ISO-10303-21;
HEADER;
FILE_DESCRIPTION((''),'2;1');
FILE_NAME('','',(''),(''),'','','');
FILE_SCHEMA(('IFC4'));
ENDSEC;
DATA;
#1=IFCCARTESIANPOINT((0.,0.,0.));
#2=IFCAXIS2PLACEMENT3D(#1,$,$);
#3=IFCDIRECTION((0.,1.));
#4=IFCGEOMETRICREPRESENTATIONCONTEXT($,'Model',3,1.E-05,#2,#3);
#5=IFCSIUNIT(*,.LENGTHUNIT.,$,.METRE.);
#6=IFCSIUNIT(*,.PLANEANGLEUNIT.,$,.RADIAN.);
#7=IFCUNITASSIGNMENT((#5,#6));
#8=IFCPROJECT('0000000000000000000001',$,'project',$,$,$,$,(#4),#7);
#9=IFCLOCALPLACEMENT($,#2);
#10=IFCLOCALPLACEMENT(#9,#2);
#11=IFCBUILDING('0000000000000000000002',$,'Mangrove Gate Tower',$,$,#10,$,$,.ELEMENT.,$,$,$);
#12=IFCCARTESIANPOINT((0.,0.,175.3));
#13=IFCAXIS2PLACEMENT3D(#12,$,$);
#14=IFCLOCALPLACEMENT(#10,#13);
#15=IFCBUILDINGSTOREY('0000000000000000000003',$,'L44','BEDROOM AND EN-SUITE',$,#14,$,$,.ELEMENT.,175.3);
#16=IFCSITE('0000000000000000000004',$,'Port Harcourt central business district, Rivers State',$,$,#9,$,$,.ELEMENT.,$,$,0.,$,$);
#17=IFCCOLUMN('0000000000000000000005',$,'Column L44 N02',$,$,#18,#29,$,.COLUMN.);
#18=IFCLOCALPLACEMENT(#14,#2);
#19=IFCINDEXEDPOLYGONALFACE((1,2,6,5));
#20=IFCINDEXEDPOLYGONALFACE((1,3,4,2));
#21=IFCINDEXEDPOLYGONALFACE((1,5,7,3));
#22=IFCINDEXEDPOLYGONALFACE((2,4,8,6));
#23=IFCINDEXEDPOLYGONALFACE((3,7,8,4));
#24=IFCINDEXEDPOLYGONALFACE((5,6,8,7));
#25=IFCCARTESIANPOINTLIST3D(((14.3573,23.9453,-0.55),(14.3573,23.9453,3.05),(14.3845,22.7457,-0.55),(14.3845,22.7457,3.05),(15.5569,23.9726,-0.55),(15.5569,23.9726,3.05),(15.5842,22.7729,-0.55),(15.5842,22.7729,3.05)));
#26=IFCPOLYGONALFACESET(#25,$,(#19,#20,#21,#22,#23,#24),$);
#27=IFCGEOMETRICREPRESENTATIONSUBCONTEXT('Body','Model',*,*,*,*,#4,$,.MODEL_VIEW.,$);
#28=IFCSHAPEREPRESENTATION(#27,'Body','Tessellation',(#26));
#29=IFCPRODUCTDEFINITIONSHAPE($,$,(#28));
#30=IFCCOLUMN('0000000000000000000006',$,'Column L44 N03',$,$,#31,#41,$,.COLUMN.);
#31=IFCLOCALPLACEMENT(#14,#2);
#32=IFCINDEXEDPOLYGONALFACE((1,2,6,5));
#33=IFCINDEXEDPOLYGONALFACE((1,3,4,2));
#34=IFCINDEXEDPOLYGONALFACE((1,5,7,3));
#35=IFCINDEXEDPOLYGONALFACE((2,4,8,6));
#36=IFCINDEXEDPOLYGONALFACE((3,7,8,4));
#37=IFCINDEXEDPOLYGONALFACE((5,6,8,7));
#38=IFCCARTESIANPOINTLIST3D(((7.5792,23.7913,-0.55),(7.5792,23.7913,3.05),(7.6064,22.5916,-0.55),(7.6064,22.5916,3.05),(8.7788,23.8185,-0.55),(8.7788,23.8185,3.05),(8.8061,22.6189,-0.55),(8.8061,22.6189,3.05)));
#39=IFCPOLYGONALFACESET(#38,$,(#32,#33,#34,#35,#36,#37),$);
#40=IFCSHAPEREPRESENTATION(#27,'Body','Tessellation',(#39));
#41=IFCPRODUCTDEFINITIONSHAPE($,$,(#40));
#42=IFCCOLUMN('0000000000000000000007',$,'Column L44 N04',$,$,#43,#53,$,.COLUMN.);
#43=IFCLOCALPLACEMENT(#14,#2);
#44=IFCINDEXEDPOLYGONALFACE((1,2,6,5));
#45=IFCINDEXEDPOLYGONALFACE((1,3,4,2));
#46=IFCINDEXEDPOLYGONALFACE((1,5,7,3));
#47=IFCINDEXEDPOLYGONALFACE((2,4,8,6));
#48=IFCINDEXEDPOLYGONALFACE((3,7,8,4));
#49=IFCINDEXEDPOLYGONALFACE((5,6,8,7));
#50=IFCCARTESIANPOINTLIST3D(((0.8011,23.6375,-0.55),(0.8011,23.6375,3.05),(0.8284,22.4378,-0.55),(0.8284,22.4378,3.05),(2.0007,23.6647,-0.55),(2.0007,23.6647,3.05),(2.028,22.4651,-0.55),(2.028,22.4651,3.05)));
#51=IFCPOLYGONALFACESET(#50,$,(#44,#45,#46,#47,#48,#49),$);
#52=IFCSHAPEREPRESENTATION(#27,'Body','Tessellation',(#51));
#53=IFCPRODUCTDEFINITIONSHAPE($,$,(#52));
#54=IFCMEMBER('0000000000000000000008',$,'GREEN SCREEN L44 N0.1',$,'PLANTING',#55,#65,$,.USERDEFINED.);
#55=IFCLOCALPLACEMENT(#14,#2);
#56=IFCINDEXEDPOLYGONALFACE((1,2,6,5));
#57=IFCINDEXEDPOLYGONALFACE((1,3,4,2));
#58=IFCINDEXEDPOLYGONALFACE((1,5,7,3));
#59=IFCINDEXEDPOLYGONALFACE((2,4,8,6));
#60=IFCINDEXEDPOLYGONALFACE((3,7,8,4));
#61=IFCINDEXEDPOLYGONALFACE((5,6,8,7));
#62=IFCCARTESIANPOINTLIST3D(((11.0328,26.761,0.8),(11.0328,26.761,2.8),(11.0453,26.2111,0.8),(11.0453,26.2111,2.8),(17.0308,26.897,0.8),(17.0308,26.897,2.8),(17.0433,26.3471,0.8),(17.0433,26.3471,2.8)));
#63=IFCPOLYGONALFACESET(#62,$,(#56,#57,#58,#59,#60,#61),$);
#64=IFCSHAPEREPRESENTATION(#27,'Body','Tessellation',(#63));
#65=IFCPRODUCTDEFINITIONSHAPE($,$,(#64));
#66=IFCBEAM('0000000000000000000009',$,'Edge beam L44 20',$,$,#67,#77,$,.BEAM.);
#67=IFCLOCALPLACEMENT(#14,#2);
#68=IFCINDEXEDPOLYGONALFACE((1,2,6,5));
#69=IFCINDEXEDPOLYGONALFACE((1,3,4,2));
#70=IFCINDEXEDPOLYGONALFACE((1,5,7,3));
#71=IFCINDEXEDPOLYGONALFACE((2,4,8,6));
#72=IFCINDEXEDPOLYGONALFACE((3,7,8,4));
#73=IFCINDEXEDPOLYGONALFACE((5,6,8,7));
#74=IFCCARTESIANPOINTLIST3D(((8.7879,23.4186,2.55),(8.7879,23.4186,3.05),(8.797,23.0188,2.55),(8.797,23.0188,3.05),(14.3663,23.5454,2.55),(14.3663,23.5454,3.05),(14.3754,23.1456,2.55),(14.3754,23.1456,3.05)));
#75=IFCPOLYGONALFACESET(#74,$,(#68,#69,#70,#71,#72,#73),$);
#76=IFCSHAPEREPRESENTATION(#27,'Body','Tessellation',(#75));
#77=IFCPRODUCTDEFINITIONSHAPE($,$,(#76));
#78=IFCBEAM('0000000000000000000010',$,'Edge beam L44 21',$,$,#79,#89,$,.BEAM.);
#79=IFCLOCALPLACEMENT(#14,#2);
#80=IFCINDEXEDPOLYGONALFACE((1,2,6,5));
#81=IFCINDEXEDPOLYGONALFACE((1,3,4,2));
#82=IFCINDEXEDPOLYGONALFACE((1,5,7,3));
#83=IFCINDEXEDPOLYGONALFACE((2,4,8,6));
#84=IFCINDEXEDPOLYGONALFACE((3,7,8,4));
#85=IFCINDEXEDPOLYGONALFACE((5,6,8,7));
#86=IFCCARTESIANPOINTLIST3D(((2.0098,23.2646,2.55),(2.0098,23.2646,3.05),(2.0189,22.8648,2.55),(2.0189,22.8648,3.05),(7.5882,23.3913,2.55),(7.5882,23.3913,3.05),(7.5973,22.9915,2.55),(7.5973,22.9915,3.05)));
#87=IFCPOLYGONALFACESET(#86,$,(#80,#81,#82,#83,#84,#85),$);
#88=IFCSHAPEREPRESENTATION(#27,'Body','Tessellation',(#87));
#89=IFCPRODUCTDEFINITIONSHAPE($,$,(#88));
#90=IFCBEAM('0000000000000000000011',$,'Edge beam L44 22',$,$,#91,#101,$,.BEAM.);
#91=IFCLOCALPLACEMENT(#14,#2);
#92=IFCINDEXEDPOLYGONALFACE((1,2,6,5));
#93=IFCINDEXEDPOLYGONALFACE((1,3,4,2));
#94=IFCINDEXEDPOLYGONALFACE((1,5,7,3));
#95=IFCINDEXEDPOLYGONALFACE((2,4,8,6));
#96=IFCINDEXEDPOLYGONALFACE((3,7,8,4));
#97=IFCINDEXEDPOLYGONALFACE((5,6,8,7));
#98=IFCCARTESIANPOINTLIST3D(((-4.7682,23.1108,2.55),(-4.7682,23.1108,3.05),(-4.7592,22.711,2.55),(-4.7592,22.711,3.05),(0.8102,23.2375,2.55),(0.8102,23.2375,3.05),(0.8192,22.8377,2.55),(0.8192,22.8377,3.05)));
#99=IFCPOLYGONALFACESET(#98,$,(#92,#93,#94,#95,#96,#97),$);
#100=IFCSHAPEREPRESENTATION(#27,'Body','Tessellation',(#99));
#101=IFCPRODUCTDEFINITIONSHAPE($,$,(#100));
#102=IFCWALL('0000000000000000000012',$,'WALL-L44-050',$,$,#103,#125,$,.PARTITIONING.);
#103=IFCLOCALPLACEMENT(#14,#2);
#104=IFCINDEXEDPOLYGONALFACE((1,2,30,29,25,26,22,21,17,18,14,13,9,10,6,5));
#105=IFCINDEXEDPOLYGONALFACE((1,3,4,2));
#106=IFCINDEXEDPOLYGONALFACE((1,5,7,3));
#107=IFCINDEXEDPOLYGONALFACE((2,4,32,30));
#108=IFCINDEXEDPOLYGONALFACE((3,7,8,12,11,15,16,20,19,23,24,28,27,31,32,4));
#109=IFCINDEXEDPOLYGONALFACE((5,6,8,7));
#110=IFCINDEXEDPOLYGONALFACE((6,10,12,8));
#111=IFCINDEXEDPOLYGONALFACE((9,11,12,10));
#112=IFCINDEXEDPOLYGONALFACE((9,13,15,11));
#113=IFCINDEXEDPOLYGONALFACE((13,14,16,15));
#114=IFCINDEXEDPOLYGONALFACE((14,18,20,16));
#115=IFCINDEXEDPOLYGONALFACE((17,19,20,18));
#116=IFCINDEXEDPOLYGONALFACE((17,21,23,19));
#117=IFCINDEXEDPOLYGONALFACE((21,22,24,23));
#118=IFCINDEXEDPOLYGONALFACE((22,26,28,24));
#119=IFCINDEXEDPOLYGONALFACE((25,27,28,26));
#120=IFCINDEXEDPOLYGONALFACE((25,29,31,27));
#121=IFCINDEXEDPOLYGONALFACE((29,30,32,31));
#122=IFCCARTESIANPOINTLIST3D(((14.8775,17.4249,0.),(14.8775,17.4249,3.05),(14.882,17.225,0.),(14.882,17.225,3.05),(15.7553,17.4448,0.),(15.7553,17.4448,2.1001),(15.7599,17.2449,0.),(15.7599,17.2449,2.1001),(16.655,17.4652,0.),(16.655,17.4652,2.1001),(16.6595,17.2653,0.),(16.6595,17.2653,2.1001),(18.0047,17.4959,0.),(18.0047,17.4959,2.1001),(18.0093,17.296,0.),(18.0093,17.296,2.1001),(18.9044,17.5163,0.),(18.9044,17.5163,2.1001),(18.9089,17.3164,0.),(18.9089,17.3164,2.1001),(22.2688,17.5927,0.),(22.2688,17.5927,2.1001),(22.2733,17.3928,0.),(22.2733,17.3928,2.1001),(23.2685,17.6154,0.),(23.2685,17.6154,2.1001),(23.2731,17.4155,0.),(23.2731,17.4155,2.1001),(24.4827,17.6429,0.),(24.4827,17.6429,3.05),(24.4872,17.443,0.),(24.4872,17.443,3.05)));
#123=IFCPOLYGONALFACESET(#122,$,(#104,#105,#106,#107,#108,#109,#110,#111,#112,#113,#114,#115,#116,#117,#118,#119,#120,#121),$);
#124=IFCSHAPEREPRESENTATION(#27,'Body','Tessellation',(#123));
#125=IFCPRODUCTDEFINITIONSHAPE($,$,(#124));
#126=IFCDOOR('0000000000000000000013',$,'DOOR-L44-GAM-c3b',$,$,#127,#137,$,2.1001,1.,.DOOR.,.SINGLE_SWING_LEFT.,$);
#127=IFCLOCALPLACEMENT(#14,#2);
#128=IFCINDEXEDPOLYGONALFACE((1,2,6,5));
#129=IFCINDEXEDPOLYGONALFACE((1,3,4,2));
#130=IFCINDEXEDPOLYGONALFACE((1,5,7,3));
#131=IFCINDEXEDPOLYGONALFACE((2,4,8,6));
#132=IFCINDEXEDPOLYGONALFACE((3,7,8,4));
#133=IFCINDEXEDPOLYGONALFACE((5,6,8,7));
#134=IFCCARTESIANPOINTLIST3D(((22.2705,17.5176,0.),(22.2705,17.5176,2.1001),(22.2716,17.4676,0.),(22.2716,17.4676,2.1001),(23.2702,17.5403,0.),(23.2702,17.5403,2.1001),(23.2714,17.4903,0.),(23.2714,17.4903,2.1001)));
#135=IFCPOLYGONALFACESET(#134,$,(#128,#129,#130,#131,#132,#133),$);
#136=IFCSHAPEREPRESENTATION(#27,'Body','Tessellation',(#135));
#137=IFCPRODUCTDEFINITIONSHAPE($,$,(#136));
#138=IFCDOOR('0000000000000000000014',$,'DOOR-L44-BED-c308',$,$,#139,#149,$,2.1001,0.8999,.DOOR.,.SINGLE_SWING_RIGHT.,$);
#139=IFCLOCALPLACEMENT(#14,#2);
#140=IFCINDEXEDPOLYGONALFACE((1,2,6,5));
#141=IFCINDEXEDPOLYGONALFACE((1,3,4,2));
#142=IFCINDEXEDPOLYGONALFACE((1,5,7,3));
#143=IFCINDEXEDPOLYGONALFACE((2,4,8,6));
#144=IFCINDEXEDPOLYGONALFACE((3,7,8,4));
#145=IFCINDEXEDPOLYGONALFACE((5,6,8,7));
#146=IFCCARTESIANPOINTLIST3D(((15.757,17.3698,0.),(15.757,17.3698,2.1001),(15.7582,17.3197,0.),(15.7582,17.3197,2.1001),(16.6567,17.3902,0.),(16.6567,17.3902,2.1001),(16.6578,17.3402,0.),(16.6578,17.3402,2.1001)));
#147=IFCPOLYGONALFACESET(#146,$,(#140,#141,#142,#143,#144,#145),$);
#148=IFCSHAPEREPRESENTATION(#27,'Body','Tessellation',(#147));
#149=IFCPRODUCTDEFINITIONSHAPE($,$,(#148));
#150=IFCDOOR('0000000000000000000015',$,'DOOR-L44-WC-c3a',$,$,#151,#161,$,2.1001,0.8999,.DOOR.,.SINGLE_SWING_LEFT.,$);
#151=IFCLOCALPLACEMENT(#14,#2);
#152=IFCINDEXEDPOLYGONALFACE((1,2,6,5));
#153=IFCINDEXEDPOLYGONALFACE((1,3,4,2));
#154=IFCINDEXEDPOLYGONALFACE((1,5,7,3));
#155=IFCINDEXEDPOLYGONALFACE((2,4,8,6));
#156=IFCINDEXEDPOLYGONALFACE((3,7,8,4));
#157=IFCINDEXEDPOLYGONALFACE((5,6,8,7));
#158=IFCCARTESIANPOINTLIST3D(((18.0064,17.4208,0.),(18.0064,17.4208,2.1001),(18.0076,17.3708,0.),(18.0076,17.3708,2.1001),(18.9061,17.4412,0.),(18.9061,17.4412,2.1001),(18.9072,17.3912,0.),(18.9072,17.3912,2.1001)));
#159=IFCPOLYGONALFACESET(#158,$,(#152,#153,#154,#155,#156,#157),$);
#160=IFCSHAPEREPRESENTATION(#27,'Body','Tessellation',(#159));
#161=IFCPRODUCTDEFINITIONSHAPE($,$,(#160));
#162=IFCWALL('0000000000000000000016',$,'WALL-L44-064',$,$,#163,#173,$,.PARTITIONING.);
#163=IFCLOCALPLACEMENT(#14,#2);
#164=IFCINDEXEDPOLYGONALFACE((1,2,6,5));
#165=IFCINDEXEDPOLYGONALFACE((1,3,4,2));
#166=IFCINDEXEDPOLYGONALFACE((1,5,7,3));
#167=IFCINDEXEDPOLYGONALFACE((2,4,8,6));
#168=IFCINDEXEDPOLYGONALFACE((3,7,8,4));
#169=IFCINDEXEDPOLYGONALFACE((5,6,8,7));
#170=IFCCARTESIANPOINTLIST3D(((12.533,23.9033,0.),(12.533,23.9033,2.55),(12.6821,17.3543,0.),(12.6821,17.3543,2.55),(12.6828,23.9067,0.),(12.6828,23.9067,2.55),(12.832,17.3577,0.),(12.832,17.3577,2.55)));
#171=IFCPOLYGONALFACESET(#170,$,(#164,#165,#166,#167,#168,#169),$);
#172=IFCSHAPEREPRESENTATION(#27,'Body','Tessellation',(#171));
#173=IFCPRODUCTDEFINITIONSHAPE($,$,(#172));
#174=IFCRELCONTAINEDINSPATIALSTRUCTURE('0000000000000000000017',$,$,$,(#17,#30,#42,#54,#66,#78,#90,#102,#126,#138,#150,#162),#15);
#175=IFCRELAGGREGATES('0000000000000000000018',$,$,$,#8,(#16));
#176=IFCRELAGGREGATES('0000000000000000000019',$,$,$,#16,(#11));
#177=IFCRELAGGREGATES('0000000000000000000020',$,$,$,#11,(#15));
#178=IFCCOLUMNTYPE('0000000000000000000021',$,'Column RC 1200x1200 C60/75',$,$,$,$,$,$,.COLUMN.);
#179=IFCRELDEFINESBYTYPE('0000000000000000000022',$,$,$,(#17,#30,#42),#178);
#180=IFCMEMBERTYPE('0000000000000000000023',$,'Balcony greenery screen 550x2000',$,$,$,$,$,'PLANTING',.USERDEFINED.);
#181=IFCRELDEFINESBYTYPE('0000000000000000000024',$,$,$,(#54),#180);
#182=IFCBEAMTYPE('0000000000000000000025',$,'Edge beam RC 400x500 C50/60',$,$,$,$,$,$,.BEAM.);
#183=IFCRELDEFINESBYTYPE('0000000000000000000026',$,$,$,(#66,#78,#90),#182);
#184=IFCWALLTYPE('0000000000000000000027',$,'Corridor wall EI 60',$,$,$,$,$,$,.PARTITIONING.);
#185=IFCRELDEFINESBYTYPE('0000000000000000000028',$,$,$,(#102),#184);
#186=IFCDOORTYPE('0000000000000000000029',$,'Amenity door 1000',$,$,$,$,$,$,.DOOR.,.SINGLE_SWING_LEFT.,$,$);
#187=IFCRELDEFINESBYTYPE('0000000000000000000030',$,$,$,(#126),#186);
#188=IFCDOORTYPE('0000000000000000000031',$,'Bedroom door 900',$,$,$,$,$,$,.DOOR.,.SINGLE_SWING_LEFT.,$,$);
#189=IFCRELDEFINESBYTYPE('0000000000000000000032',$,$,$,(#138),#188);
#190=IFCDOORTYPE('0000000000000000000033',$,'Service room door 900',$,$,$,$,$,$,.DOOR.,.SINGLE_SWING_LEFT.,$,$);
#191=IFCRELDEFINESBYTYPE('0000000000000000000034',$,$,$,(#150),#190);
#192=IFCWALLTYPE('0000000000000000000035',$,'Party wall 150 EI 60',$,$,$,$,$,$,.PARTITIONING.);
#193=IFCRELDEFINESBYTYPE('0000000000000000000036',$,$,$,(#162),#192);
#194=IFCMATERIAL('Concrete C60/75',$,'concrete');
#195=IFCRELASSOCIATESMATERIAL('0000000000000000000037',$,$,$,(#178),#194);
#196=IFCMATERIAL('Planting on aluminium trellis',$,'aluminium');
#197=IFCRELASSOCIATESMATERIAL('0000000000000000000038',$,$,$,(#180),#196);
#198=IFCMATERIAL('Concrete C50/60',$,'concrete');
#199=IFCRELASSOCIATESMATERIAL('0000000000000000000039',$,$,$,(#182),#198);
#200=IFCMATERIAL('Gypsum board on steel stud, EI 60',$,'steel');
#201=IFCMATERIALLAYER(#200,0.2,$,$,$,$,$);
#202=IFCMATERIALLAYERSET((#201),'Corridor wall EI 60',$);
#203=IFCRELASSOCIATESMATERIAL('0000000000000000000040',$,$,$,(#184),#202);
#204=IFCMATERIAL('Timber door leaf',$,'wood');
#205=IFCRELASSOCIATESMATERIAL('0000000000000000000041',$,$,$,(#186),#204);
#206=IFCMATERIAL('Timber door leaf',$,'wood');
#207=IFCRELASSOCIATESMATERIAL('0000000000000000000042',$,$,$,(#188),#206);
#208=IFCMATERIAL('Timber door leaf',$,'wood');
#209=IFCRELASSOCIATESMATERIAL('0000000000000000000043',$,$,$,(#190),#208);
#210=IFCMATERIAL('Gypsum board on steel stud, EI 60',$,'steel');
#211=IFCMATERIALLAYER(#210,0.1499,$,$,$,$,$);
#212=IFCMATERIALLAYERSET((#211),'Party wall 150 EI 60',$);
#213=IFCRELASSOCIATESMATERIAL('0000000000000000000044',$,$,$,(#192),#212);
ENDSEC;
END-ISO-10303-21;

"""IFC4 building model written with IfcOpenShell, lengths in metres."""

from ifc_helpers import new_model, si_unit, direction, frame, frame_2d, origin, origin_2d, place, context, subcontext, project, spatial, rectangle, extrude, material, layer, layer_set, material_profile, profile_set, type_object, element, fill, save


model = new_model("IFC4")

# Units and contexts
model_context = context("Model", 3, precision=1e-05, world=origin(), true_north=direction((0.0, 1.0)))
body_context = subcontext(model_context, "Body", "Model", "MODEL_VIEW")
ifc_project = project(units=[si_unit("LENGTHUNIT", "METRE"), si_unit("PLANEANGLEUNIT", "RADIAN")], contexts=[model_context])

# Site, building, storey
site_placement = place(None, origin())
site = spatial("IfcSite", under=ifc_project, at=site_placement, Name="Port Harcourt central business district, Rivers State", CompositionType="ELEMENT", RefElevation=0.0)
building_placement = place(site_placement, origin())
building = spatial("IfcBuilding", under=site, at=building_placement, Name="Mangrove Gate Tower", CompositionType="ELEMENT")
storey_placement = place(building_placement, frame((0.0, 0.0, 175.3)))
storey = spatial("IfcBuildingStorey", under=building, at=storey_placement, Name="L44", Description="BEDROOM AND EN-SUITE", CompositionType="ELEMENT", Elevation=175.3)

# Columns
ifc_material_1 = material(Name="Concrete C60/75", Category="concrete")
ifc_material_profile_1 = material_profile(ifc_material_1, rectangle(XDim=1.2, YDim=1.2, at=origin_2d()))
ifc_profile_set_1 = profile_set([ifc_material_profile_1], Name="Concrete C60/75")
column_type = type_object("IfcColumnType", Name="Column RC 1200x1200 C60/75", PredefinedType="COLUMN", material=ifc_profile_set_1)
for number, where, z_axis, x_axis, name in (
    (1, (14.9707, 23.3591, -0.55), (0.0, 0.0, 1.0), (-0.999742, -0.022713, 0.0), "Column L44 N02"),
    (2, (8.1926, 23.2051, -0.55), (0.0, 0.0, 1.0), (-0.999742, -0.022715, 0.0), "Column L44 N03"),
    (3, (1.4146, 23.0513, -0.55), (0.0, 0.0, 1.0), (-0.999742, -0.022715, 0.0), "Column L44 N04"),
):
    element("IfcColumn", number, at=place(storey_placement, frame(where, z_axis=z_axis, x_axis=x_axis)), inside=storey, type_object=column_type, Name=name, PredefinedType="COLUMN", context=body_context, shape_type="SweptSolid", body=[
        extrude(rectangle(XDim=1.2, YDim=1.2, at=origin_2d()), origin(), (0.0, 0.0, 1.0), 3.6001),
    ])

# Member
ifc_material_2 = material(Name="Planting on aluminium trellis", Category="aluminium")
ifc_material_profile_2 = material_profile(ifc_material_2, rectangle(XDim=0.55, YDim=2.0, at=origin_2d()))
ifc_profile_set_2 = profile_set([ifc_material_profile_2], Name="Planting on aluminium trellis")
member_type = type_object("IfcMemberType", Name="Balcony greenery screen 550x2000", ElementType="PLANTING", PredefinedType="USERDEFINED", material=ifc_profile_set_2)
member_placement = place(storey_placement, frame((11.0391, 26.4861, 1.8), z_axis=(0.999743, 0.022666, 0.0), x_axis=(-0.022666, 0.999743, 0.0)))
element("IfcMember", 4, at=member_placement, inside=storey, type_object=member_type, Name="GREEN SCREEN L44 N0.1", ObjectType="PLANTING", PredefinedType="USERDEFINED", context=body_context, shape_type="SweptSolid", body=[
    extrude(rectangle(XDim=0.55, YDim=2.0, at=origin_2d()), origin(), (0.0, 0.0, 1.0), 5.9995),
])

# Beams
ifc_material_3 = material(Name="Concrete C50/60", Category="concrete")
ifc_material_profile_3 = material_profile(ifc_material_3, rectangle(XDim=0.3999, YDim=0.5, at=origin_2d()))
ifc_profile_set_3 = profile_set([ifc_material_profile_3], Name="Concrete C50/60")
beam_type = type_object("IfcBeamType", Name="Edge beam RC 400x500 C50/60", PredefinedType="BEAM", material=ifc_profile_set_3)
for number, where, z_axis, x_axis, name in (
    (5, (14.3708, 23.3455, 2.8), (-0.999742, -0.022708, 0.0), (0.022708, -0.999742, 0.0), "Edge beam L44 20"),
    (6, (7.5928, 23.1914, 2.8), (-0.999742, -0.022708, 0.0), (0.022708, -0.999742, 0.0), "Edge beam L44 21"),
    (7, (0.8147, 23.0376, 2.8), (-0.999742, -0.022708, 0.0), (0.022708, -0.999742, 0.0), "Edge beam L44 22"),
):
    element("IfcBeam", number, at=place(storey_placement, frame(where, z_axis=z_axis, x_axis=x_axis)), inside=storey, type_object=beam_type, Name=name, PredefinedType="BEAM", context=body_context, shape_type="SweptSolid", body=[
        extrude(rectangle(XDim=0.3999, YDim=0.5, at=origin_2d()), origin(), (0.0, 0.0, 1.0), 5.5798),
    ])

# Wall, openings, doors
ifc_material_4 = material(Name="Gypsum board on steel stud, EI 60", Category="steel")
ifc_layer_1 = layer(ifc_material_4, 0.2)
ifc_layer_set_1 = layer_set([ifc_layer_1], Name="Corridor wall EI 60")
wall_type_1 = type_object("IfcWallType", Name="Corridor wall EI 60", PredefinedType="PARTITIONING", material=ifc_layer_set_1)
wall_1_placement = place(storey_placement, frame((14.8799, 17.325, 0.0), z_axis=(0.0, 0.0, 1.0), x_axis=(0.999743, 0.022692, 0.0)))
wall_1 = element("IfcWall", 8, at=wall_1_placement, inside=storey, type_object=wall_type_1, Name="WALL-L44-050", PredefinedType="PARTITIONING", context=body_context, shape_type="SweptSolid", body=[
    extrude(rectangle(XDim=9.6077, YDim=0.2, at=frame_2d((4.8037, 0.0))), origin(), (0.0, 0.0, 1.0), 3.05),
])
opening_1_placement = place(wall_1_placement, frame((7.3931, 0.0, 0.0)))
opening_1 = element("IfcOpeningElement", 9, at=opening_1_placement, cuts=wall_1, PredefinedType="OPENING", context=body_context, shape_type="SweptSolid", body=[
    extrude(rectangle(XDim=1.0, YDim=2.1001, at=frame_2d((0.5, 1.05))), frame((0.0, 0.1099, 0.0), z_axis=(0.0, -1.0, 0.0), x_axis=(1.0, 0.0, 0.0)), (0.0, 0.0, 1.0), 0.22),
])
opening_2_placement = place(wall_1_placement, frame((3.1279, 0.0, 0.0)))
opening_2 = element("IfcOpeningElement", 10, at=opening_2_placement, cuts=wall_1, PredefinedType="OPENING", context=body_context, shape_type="SweptSolid", body=[
    extrude(rectangle(XDim=0.8999, YDim=2.1001, at=frame_2d((0.45, 1.05))), frame((0.0, 0.1099, 0.0), z_axis=(0.0, -1.0, 0.0), x_axis=(1.0, 0.0, 0.0)), (0.0, 0.0, 1.0), 0.22),
])
opening_3_placement = place(wall_1_placement, frame((0.8779, 0.0, 0.0)))
opening_3 = element("IfcOpeningElement", 11, at=opening_3_placement, cuts=wall_1, PredefinedType="OPENING", context=body_context, shape_type="SweptSolid", body=[
    extrude(rectangle(XDim=0.8999, YDim=2.1001, at=frame_2d((0.45, 1.05))), frame((0.0, 0.1099, 0.0), z_axis=(0.0, -1.0, 0.0), x_axis=(1.0, 0.0, 0.0)), (0.0, 0.0, 1.0), 0.22),
])
ifc_material_5 = material(Name="Timber door leaf", Category="wood")
door_type_1 = type_object("IfcDoorType", Name="Amenity door 1000", OperationType="SINGLE_SWING_LEFT", PredefinedType="DOOR", material=ifc_material_5)
door_1_placement = place(opening_1_placement, origin())
door_1 = element("IfcDoor", 12, at=door_1_placement, inside=storey, type_object=door_type_1, Name="DOOR-L44-GAM-c3b", OperationType="SINGLE_SWING_LEFT", OverallHeight=2.1001, OverallWidth=1.0, PredefinedType="DOOR", context=body_context, shape_type="SweptSolid", body=[
    extrude(rectangle(XDim=1.0, YDim=2.1001, at=frame_2d((0.5, 1.05))), frame((0.0, 0.0249, 0.0), z_axis=(0.0, -1.0, 0.0), x_axis=(1.0, 0.0, 0.0)), (0.0, 0.0, 1.0), 0.05),
])
fill(opening_1, door_1)
ifc_material_6 = material(Name="Timber door leaf", Category="wood")
door_type_2 = type_object("IfcDoorType", Name="Bedroom door 900", OperationType="SINGLE_SWING_LEFT", PredefinedType="DOOR", material=ifc_material_6)
door_2_placement = place(opening_3_placement, origin())
door_2 = element("IfcDoor", 13, at=door_2_placement, inside=storey, type_object=door_type_2, Name="DOOR-L44-BED-c308", OperationType="SINGLE_SWING_RIGHT", OverallHeight=2.1001, OverallWidth=0.8999, PredefinedType="DOOR", context=body_context, shape_type="SweptSolid", body=[
    extrude(rectangle(XDim=0.8999, YDim=2.1001, at=frame_2d((0.45, 1.05))), frame((0.0, 0.0249, 0.0), z_axis=(0.0, -1.0, 0.0), x_axis=(1.0, 0.0, 0.0)), (0.0, 0.0, 1.0), 0.05),
])
fill(opening_3, door_2)
ifc_material_7 = material(Name="Timber door leaf", Category="wood")
door_type_3 = type_object("IfcDoorType", Name="Service room door 900", OperationType="SINGLE_SWING_LEFT", PredefinedType="DOOR", material=ifc_material_7)
door_3_placement = place(opening_2_placement, origin())
door_3 = element("IfcDoor", 14, at=door_3_placement, inside=storey, type_object=door_type_3, Name="DOOR-L44-WC-c3a", OperationType="SINGLE_SWING_LEFT", OverallHeight=2.1001, OverallWidth=0.8999, PredefinedType="DOOR", context=body_context, shape_type="SweptSolid", body=[
    extrude(rectangle(XDim=0.8999, YDim=2.1001, at=frame_2d((0.45, 1.05))), frame((0.0, 0.0249, 0.0), z_axis=(0.0, -1.0, 0.0), x_axis=(1.0, 0.0, 0.0)), (0.0, 0.0, 1.0), 0.05),
])
fill(opening_2, door_3)

# Wall
ifc_material_8 = material(Name="Gypsum board on steel stud, EI 60", Category="steel")
ifc_layer_2 = layer(ifc_material_8, 0.1499)
ifc_layer_set_2 = layer_set([ifc_layer_2], Name="Party wall 150 EI 60")
wall_type_2 = type_object("IfcWallType", Name="Party wall 150 EI 60", PredefinedType="PARTITIONING", material=ifc_layer_set_2)
wall_2_placement = place(storey_placement, frame((12.7571, 17.356, 0.0), z_axis=(0.0, 0.0, 1.0), x_axis=(-0.022771, 0.999741, 0.0)))
element("IfcWall", 15, at=wall_2_placement, inside=storey, type_object=wall_type_2, Name="WALL-L44-064", PredefinedType="PARTITIONING", context=body_context, shape_type="SweptSolid", body=[
    extrude(rectangle(XDim=6.5508, YDim=0.1499, at=frame_2d((3.2754, 0.0))), origin(), (0.0, 0.0, 1.0), 2.55),
])

save(model, "model.ifc")
